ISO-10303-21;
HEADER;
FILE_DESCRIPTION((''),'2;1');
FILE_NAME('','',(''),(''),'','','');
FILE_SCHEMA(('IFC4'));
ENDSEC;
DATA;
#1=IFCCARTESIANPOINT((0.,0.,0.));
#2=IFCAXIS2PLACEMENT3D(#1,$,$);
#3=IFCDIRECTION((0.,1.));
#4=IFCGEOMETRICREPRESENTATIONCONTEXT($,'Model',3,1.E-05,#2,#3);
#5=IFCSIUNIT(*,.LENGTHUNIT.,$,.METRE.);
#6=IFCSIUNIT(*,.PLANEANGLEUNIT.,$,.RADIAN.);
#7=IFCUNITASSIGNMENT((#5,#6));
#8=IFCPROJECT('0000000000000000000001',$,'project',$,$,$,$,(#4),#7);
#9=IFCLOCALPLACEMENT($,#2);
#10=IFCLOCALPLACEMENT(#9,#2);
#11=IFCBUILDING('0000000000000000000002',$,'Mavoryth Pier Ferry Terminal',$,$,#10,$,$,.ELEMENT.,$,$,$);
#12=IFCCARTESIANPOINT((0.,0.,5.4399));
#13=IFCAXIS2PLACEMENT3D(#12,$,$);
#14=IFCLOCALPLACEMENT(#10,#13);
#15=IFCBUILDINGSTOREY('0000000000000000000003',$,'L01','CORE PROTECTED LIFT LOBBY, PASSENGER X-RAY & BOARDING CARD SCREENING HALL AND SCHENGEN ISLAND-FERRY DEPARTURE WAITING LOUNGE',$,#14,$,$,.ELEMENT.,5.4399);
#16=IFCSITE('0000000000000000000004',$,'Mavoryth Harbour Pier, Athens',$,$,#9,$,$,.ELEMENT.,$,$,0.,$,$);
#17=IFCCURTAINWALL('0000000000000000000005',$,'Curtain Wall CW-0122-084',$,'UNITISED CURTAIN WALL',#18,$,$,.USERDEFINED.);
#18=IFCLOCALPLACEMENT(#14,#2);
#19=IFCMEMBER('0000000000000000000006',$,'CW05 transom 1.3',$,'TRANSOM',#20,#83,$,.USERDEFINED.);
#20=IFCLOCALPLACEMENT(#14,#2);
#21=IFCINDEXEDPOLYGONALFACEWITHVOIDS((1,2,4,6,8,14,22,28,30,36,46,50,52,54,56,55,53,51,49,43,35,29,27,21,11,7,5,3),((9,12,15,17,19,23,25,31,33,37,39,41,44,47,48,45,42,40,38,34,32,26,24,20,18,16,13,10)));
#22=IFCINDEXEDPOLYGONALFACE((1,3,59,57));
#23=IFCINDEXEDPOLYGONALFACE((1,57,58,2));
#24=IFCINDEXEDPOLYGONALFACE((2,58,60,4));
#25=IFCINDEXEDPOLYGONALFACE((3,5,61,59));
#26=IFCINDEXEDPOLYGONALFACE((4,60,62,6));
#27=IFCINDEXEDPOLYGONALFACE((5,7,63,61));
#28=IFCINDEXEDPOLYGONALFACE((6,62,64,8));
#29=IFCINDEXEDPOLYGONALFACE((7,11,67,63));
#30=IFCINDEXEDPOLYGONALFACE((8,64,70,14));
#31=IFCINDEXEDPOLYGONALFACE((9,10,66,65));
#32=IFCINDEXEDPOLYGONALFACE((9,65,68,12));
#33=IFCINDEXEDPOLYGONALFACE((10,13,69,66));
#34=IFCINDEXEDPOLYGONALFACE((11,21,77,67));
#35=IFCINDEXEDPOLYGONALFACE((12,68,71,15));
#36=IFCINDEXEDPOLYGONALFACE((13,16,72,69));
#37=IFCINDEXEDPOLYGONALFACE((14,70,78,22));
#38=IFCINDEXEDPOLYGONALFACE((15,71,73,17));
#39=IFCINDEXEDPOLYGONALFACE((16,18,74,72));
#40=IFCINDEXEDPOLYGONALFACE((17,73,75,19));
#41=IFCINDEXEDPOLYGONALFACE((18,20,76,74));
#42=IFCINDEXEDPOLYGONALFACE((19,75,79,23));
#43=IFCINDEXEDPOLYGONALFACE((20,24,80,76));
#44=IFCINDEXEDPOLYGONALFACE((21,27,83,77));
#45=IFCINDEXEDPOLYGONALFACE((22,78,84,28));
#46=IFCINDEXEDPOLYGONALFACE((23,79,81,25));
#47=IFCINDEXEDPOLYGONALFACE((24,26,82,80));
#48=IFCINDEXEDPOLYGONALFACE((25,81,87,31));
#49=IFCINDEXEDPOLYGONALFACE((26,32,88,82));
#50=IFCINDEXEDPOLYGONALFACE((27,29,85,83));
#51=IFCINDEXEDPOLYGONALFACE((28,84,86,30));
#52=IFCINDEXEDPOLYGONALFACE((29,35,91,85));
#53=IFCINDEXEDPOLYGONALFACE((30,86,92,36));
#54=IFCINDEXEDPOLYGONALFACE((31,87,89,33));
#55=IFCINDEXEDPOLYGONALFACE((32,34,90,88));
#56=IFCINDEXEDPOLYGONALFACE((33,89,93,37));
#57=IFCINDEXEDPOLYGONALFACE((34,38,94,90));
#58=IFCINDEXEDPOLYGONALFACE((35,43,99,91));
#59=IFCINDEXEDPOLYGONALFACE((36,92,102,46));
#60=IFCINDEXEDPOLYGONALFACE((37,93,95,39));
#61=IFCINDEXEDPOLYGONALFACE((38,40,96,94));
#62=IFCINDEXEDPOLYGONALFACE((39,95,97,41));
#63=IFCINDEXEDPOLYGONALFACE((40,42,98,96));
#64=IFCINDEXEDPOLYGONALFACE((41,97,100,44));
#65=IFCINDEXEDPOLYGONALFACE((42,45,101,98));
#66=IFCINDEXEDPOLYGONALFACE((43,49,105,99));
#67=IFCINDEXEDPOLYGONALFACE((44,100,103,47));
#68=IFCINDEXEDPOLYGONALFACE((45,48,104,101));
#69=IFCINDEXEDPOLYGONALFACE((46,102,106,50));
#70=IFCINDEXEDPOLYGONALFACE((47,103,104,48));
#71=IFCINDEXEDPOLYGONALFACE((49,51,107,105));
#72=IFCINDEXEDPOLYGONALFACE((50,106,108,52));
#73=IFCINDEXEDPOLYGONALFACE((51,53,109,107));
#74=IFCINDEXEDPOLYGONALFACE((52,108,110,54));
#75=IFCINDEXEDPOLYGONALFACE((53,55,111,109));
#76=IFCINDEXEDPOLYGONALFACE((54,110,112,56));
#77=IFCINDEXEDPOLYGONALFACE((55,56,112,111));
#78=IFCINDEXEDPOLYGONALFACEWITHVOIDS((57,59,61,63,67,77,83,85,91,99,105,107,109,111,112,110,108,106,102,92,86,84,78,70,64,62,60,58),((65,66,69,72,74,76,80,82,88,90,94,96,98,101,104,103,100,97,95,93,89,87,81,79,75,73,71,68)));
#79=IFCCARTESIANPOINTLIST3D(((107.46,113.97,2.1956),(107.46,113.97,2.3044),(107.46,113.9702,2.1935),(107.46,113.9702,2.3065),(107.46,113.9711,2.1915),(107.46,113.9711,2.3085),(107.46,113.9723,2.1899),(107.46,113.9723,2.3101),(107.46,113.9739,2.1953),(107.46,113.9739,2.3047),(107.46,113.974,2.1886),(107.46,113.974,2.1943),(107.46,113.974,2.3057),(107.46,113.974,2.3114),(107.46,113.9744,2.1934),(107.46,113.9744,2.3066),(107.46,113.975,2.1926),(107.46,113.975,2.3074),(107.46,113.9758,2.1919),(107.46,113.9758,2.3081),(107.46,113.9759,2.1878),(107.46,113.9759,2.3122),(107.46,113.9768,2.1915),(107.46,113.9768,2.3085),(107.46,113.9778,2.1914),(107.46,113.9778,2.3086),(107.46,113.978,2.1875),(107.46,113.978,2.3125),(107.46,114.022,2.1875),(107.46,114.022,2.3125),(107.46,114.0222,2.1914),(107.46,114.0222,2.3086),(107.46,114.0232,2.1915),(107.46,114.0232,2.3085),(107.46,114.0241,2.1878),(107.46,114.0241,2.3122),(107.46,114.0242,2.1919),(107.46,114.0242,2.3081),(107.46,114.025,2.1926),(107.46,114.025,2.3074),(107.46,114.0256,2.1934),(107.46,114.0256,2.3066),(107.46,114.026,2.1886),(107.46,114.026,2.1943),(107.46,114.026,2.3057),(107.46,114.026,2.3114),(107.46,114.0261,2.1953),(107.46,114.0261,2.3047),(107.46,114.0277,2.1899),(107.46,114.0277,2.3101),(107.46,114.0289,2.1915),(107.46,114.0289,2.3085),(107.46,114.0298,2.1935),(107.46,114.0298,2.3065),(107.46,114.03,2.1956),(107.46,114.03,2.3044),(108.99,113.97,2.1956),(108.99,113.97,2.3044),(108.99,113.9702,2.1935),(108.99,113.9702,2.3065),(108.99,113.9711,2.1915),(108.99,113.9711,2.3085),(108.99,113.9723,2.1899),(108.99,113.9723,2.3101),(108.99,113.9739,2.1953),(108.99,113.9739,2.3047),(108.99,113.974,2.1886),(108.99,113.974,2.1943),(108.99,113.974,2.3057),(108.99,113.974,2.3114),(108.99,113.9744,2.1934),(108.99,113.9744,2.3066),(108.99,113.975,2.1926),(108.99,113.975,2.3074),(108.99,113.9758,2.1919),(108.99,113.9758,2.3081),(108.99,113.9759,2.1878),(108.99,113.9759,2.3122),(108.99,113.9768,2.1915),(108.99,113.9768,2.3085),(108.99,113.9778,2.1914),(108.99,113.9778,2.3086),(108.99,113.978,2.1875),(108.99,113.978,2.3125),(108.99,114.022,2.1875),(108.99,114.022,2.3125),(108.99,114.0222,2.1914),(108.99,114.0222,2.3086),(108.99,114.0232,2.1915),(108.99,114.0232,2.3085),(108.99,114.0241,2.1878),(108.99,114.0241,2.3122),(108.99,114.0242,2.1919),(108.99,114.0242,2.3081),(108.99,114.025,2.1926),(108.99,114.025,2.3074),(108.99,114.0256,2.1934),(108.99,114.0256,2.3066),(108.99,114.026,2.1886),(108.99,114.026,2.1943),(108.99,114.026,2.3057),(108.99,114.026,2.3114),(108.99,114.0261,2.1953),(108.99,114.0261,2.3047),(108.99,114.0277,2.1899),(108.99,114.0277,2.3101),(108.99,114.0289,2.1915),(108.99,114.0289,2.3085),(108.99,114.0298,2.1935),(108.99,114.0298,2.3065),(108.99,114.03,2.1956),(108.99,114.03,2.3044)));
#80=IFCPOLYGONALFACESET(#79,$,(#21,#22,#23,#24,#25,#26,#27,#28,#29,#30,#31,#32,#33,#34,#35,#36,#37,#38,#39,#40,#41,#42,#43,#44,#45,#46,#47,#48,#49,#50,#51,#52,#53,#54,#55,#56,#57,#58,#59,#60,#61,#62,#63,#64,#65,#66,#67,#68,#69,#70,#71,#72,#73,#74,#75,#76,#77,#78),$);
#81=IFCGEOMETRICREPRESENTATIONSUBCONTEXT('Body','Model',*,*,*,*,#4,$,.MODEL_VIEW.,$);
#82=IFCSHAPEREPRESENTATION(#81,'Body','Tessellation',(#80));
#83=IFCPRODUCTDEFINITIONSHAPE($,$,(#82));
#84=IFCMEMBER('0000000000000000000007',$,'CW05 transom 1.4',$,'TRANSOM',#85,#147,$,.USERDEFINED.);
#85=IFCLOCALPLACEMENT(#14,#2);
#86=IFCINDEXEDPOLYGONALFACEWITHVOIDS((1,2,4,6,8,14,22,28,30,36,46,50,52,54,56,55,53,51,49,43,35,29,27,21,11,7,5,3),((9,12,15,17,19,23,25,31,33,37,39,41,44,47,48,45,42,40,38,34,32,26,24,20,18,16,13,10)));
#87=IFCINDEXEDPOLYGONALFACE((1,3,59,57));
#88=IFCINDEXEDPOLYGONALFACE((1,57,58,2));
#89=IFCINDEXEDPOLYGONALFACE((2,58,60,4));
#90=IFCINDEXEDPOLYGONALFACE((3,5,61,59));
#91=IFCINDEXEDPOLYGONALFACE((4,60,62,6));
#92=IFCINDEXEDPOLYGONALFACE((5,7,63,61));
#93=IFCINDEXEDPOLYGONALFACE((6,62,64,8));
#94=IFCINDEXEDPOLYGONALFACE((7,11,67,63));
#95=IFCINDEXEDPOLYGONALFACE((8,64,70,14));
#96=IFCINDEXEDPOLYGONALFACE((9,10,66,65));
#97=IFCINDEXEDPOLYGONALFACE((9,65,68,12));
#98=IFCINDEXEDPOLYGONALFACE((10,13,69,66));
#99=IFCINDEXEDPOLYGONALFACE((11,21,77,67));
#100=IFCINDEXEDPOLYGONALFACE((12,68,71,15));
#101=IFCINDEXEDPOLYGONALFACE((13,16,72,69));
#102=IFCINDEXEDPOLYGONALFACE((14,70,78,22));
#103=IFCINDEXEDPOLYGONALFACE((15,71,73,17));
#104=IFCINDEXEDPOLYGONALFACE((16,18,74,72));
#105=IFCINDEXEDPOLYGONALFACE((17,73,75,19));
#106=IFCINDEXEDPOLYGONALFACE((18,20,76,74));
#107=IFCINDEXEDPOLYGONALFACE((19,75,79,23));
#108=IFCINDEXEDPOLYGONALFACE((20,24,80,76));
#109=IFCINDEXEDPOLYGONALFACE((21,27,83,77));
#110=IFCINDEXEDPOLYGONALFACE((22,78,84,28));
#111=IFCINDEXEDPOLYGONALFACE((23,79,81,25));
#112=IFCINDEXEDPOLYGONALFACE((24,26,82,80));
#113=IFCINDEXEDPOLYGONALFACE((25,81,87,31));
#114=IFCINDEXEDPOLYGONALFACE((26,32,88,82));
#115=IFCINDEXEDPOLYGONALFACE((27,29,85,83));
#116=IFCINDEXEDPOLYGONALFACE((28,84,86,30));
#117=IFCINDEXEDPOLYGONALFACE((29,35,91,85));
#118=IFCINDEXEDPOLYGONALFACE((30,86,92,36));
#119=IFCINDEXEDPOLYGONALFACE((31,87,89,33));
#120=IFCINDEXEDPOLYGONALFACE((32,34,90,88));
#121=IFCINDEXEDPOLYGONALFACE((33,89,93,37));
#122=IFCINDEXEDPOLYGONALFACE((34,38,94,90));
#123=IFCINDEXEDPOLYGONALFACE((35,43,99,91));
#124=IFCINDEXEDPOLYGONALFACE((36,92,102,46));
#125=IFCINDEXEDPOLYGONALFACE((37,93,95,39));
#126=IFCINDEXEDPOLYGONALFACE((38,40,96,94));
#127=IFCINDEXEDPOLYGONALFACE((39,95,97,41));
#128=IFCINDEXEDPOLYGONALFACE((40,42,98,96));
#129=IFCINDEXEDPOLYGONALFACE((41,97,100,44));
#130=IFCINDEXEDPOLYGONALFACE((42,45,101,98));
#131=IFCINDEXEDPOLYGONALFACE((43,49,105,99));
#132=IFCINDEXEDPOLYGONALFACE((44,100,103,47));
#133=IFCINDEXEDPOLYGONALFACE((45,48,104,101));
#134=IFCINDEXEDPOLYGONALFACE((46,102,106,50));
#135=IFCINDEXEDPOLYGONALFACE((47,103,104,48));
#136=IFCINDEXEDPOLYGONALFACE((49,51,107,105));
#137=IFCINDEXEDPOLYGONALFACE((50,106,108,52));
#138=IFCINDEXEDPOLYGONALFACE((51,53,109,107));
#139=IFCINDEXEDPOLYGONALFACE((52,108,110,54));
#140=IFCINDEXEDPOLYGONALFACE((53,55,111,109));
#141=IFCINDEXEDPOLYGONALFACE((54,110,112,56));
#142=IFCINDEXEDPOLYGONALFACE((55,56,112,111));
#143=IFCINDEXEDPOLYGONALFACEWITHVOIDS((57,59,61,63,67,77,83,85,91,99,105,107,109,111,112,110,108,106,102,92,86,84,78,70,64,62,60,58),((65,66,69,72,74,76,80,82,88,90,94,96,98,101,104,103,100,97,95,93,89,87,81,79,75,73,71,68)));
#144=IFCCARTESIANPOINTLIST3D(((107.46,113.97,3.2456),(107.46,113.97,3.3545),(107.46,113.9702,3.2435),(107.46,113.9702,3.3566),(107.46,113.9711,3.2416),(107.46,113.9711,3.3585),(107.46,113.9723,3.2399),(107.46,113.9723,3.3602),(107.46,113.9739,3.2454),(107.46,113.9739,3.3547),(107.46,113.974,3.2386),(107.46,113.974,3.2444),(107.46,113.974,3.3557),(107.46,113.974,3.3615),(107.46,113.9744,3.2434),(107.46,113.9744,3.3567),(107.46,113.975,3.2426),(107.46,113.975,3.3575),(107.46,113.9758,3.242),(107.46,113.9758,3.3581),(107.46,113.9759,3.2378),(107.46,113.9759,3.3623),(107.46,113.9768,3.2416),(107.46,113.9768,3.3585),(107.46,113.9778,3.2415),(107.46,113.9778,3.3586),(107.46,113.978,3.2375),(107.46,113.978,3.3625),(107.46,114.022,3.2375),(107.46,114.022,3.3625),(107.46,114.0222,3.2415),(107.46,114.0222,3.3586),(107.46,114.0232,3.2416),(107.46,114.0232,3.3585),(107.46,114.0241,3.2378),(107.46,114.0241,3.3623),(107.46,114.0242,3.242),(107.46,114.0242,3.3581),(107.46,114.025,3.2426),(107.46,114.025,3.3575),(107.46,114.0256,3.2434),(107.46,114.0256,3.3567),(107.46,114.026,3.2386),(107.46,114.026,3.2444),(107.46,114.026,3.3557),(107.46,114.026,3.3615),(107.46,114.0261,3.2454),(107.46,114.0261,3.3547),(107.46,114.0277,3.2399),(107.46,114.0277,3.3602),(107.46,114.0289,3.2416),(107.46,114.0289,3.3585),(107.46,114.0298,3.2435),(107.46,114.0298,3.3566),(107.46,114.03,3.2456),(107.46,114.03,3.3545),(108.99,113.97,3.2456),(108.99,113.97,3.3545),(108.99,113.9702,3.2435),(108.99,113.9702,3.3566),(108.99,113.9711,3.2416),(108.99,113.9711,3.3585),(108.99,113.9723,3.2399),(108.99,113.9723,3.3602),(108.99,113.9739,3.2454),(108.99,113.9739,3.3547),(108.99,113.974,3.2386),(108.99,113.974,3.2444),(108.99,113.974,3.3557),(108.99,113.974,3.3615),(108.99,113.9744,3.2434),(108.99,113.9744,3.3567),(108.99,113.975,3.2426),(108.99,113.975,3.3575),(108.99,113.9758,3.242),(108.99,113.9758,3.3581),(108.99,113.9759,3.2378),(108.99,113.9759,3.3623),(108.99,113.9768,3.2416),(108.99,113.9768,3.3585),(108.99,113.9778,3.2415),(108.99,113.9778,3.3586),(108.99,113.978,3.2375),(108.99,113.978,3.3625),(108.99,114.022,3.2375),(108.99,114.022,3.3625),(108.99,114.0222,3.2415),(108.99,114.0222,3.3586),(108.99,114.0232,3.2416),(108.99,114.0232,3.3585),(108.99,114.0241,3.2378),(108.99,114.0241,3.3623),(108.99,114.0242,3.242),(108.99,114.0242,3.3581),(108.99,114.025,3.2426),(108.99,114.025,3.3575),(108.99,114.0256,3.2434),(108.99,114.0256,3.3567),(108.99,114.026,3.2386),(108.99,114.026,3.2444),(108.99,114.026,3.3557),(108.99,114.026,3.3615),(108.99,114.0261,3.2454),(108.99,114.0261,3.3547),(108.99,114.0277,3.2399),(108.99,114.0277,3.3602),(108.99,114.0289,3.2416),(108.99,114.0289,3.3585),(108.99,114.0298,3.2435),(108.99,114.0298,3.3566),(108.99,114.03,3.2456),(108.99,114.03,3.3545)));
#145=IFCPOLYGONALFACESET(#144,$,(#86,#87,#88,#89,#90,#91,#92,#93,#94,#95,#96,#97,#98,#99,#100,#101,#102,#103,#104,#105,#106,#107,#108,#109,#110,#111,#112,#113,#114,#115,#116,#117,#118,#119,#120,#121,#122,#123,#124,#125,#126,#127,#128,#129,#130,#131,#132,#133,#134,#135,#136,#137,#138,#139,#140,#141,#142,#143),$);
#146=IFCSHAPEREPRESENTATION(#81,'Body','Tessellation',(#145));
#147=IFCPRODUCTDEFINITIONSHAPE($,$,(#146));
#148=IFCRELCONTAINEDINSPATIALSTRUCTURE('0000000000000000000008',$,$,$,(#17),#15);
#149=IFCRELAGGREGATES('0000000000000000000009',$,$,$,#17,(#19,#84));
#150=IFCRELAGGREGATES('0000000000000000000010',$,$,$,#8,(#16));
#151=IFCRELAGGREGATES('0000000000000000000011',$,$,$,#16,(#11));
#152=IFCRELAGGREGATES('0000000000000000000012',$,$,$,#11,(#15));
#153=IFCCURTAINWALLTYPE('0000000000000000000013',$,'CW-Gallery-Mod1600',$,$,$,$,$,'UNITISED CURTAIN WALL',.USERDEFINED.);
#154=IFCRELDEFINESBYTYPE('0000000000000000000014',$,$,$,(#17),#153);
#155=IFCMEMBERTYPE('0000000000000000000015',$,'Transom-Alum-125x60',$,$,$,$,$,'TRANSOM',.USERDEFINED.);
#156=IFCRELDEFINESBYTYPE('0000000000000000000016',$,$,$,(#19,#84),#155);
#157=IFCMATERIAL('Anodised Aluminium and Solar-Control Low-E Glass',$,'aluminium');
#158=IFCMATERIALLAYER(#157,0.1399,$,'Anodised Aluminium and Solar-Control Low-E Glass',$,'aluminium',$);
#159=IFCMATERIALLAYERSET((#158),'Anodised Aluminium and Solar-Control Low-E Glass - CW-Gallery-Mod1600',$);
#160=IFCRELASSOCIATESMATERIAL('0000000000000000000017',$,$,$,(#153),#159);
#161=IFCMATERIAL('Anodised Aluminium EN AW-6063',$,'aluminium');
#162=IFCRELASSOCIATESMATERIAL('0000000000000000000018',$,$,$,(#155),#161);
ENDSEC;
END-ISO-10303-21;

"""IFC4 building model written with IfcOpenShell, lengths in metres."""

from ifc_helpers import new_model, si_unit, direction, frame, origin, origin_2d, place, context, subcontext, project, spatial, hollow_rectangle, extrude, material, layer, layer_set, material_profile, profile_set, type_object, element, aggregate, save


model = new_model("IFC4")

# Units and contexts
model_context = context("Model", 3, precision=1e-05, world=origin(), true_north=direction((0.0, 1.0)))
body_context = subcontext(model_context, "Body", "Model", "MODEL_VIEW")
ifc_project = project(units=[si_unit("LENGTHUNIT", "METRE"), si_unit("PLANEANGLEUNIT", "RADIAN")], contexts=[model_context])

# Site, building, storey
site_placement = place(None, origin())
site = spatial("IfcSite", under=ifc_project, at=site_placement, Name="Mavoryth Harbour Pier, Athens", CompositionType="ELEMENT", RefElevation=0.0)
building_placement = place(site_placement, origin())
building = spatial("IfcBuilding", under=site, at=building_placement, Name="Mavoryth Pier Ferry Terminal", CompositionType="ELEMENT")
storey_placement = place(building_placement, frame((0.0, 0.0, 5.4399)))
storey = spatial("IfcBuildingStorey", under=building, at=storey_placement, Name="L01", Description="CORE PROTECTED LIFT LOBBY, PASSENGER X-RAY & BOARDING CARD SCREENING HALL AND SCHENGEN ISLAND-FERRY DEPARTURE WAITING LOUNGE", CompositionType="ELEMENT", Elevation=5.4399)

# Curtain wall
ifc_material_1 = material(Name="Anodised Aluminium and Solar-Control Low-E Glass", Category="aluminium")
ifc_layer_1 = layer(ifc_material_1, 0.1399, Name="Anodised Aluminium and Solar-Control Low-E Glass", Category="aluminium")
ifc_layer_set_1 = layer_set([ifc_layer_1], Name="Anodised Aluminium and Solar-Control Low-E Glass - CW-Gallery-Mod1600")
curtain_wall_type = type_object("IfcCurtainWallType", Name="CW-Gallery-Mod1600", ElementType="UNITISED CURTAIN WALL", PredefinedType="USERDEFINED", material=ifc_layer_set_1)
curtain_wall_1_placement = place(storey_placement, origin())
curtain_wall_1 = element("IfcCurtainWall", 1, at=curtain_wall_1_placement, inside=storey, type_object=curtain_wall_type, Name="Curtain Wall CW-0122-084", ObjectType="UNITISED CURTAIN WALL", PredefinedType="USERDEFINED")
ifc_material_2 = material(Name="Anodised Aluminium EN AW-6063", Category="aluminium")

# Members
ifc_material_profile_1 = material_profile(ifc_material_2, hollow_rectangle(XDim=0.0601, YDim=0.125, WallThickness=0.0039, InnerFilletRadius=0.0039, OuterFilletRadius=0.0081, at=origin_2d()), Name="AL-TRAN 125x60x4", Category="aluminium")
ifc_profile_set_1 = profile_set([ifc_material_profile_1], Name="Anodised Aluminium EN AW-6063 - AL-TRAN 125x60x4")
member_type_1 = type_object("IfcMemberType", Name="Transom-Alum-125x60", ElementType="TRANSOM", PredefinedType="USERDEFINED", material=ifc_profile_set_1)
member_1_placement = place(storey_placement, frame((108.99, 114.0, 2.25), z_axis=(-1.0, 0.0, 0.0), x_axis=(0.0, -1.0, 0.0)))
member_1 = element("IfcMember", 2, at=member_1_placement, type_object=member_type_1, Name="CW05 transom 1.3", ObjectType="TRANSOM", PredefinedType="USERDEFINED", context=body_context, shape_type="SweptSolid", body=[
    extrude(hollow_rectangle(XDim=0.0601, YDim=0.125, WallThickness=0.0039, InnerFilletRadius=0.0039, OuterFilletRadius=0.0081, at=origin_2d()), origin(), (0.0, 0.0, 1.0), 1.53),
])
member_2_placement = place(storey_placement, frame((108.99, 114.0, 3.3), z_axis=(-1.0, 0.0, 0.0), x_axis=(0.0, -1.0, 0.0)))
member_2 = element("IfcMember", 3, at=member_2_placement, type_object=member_type_1, Name="CW05 transom 1.4", ObjectType="TRANSOM", PredefinedType="USERDEFINED", context=body_context, shape_type="SweptSolid", body=[
    extrude(hollow_rectangle(XDim=0.0601, YDim=0.125, WallThickness=0.0039, InnerFilletRadius=0.0039, OuterFilletRadius=0.0081, at=origin_2d()), origin(), (0.0, 0.0, 1.0), 1.53),
])

aggregate(curtain_wall_1, [member_1, member_2])

save(model, "model.ifc")
